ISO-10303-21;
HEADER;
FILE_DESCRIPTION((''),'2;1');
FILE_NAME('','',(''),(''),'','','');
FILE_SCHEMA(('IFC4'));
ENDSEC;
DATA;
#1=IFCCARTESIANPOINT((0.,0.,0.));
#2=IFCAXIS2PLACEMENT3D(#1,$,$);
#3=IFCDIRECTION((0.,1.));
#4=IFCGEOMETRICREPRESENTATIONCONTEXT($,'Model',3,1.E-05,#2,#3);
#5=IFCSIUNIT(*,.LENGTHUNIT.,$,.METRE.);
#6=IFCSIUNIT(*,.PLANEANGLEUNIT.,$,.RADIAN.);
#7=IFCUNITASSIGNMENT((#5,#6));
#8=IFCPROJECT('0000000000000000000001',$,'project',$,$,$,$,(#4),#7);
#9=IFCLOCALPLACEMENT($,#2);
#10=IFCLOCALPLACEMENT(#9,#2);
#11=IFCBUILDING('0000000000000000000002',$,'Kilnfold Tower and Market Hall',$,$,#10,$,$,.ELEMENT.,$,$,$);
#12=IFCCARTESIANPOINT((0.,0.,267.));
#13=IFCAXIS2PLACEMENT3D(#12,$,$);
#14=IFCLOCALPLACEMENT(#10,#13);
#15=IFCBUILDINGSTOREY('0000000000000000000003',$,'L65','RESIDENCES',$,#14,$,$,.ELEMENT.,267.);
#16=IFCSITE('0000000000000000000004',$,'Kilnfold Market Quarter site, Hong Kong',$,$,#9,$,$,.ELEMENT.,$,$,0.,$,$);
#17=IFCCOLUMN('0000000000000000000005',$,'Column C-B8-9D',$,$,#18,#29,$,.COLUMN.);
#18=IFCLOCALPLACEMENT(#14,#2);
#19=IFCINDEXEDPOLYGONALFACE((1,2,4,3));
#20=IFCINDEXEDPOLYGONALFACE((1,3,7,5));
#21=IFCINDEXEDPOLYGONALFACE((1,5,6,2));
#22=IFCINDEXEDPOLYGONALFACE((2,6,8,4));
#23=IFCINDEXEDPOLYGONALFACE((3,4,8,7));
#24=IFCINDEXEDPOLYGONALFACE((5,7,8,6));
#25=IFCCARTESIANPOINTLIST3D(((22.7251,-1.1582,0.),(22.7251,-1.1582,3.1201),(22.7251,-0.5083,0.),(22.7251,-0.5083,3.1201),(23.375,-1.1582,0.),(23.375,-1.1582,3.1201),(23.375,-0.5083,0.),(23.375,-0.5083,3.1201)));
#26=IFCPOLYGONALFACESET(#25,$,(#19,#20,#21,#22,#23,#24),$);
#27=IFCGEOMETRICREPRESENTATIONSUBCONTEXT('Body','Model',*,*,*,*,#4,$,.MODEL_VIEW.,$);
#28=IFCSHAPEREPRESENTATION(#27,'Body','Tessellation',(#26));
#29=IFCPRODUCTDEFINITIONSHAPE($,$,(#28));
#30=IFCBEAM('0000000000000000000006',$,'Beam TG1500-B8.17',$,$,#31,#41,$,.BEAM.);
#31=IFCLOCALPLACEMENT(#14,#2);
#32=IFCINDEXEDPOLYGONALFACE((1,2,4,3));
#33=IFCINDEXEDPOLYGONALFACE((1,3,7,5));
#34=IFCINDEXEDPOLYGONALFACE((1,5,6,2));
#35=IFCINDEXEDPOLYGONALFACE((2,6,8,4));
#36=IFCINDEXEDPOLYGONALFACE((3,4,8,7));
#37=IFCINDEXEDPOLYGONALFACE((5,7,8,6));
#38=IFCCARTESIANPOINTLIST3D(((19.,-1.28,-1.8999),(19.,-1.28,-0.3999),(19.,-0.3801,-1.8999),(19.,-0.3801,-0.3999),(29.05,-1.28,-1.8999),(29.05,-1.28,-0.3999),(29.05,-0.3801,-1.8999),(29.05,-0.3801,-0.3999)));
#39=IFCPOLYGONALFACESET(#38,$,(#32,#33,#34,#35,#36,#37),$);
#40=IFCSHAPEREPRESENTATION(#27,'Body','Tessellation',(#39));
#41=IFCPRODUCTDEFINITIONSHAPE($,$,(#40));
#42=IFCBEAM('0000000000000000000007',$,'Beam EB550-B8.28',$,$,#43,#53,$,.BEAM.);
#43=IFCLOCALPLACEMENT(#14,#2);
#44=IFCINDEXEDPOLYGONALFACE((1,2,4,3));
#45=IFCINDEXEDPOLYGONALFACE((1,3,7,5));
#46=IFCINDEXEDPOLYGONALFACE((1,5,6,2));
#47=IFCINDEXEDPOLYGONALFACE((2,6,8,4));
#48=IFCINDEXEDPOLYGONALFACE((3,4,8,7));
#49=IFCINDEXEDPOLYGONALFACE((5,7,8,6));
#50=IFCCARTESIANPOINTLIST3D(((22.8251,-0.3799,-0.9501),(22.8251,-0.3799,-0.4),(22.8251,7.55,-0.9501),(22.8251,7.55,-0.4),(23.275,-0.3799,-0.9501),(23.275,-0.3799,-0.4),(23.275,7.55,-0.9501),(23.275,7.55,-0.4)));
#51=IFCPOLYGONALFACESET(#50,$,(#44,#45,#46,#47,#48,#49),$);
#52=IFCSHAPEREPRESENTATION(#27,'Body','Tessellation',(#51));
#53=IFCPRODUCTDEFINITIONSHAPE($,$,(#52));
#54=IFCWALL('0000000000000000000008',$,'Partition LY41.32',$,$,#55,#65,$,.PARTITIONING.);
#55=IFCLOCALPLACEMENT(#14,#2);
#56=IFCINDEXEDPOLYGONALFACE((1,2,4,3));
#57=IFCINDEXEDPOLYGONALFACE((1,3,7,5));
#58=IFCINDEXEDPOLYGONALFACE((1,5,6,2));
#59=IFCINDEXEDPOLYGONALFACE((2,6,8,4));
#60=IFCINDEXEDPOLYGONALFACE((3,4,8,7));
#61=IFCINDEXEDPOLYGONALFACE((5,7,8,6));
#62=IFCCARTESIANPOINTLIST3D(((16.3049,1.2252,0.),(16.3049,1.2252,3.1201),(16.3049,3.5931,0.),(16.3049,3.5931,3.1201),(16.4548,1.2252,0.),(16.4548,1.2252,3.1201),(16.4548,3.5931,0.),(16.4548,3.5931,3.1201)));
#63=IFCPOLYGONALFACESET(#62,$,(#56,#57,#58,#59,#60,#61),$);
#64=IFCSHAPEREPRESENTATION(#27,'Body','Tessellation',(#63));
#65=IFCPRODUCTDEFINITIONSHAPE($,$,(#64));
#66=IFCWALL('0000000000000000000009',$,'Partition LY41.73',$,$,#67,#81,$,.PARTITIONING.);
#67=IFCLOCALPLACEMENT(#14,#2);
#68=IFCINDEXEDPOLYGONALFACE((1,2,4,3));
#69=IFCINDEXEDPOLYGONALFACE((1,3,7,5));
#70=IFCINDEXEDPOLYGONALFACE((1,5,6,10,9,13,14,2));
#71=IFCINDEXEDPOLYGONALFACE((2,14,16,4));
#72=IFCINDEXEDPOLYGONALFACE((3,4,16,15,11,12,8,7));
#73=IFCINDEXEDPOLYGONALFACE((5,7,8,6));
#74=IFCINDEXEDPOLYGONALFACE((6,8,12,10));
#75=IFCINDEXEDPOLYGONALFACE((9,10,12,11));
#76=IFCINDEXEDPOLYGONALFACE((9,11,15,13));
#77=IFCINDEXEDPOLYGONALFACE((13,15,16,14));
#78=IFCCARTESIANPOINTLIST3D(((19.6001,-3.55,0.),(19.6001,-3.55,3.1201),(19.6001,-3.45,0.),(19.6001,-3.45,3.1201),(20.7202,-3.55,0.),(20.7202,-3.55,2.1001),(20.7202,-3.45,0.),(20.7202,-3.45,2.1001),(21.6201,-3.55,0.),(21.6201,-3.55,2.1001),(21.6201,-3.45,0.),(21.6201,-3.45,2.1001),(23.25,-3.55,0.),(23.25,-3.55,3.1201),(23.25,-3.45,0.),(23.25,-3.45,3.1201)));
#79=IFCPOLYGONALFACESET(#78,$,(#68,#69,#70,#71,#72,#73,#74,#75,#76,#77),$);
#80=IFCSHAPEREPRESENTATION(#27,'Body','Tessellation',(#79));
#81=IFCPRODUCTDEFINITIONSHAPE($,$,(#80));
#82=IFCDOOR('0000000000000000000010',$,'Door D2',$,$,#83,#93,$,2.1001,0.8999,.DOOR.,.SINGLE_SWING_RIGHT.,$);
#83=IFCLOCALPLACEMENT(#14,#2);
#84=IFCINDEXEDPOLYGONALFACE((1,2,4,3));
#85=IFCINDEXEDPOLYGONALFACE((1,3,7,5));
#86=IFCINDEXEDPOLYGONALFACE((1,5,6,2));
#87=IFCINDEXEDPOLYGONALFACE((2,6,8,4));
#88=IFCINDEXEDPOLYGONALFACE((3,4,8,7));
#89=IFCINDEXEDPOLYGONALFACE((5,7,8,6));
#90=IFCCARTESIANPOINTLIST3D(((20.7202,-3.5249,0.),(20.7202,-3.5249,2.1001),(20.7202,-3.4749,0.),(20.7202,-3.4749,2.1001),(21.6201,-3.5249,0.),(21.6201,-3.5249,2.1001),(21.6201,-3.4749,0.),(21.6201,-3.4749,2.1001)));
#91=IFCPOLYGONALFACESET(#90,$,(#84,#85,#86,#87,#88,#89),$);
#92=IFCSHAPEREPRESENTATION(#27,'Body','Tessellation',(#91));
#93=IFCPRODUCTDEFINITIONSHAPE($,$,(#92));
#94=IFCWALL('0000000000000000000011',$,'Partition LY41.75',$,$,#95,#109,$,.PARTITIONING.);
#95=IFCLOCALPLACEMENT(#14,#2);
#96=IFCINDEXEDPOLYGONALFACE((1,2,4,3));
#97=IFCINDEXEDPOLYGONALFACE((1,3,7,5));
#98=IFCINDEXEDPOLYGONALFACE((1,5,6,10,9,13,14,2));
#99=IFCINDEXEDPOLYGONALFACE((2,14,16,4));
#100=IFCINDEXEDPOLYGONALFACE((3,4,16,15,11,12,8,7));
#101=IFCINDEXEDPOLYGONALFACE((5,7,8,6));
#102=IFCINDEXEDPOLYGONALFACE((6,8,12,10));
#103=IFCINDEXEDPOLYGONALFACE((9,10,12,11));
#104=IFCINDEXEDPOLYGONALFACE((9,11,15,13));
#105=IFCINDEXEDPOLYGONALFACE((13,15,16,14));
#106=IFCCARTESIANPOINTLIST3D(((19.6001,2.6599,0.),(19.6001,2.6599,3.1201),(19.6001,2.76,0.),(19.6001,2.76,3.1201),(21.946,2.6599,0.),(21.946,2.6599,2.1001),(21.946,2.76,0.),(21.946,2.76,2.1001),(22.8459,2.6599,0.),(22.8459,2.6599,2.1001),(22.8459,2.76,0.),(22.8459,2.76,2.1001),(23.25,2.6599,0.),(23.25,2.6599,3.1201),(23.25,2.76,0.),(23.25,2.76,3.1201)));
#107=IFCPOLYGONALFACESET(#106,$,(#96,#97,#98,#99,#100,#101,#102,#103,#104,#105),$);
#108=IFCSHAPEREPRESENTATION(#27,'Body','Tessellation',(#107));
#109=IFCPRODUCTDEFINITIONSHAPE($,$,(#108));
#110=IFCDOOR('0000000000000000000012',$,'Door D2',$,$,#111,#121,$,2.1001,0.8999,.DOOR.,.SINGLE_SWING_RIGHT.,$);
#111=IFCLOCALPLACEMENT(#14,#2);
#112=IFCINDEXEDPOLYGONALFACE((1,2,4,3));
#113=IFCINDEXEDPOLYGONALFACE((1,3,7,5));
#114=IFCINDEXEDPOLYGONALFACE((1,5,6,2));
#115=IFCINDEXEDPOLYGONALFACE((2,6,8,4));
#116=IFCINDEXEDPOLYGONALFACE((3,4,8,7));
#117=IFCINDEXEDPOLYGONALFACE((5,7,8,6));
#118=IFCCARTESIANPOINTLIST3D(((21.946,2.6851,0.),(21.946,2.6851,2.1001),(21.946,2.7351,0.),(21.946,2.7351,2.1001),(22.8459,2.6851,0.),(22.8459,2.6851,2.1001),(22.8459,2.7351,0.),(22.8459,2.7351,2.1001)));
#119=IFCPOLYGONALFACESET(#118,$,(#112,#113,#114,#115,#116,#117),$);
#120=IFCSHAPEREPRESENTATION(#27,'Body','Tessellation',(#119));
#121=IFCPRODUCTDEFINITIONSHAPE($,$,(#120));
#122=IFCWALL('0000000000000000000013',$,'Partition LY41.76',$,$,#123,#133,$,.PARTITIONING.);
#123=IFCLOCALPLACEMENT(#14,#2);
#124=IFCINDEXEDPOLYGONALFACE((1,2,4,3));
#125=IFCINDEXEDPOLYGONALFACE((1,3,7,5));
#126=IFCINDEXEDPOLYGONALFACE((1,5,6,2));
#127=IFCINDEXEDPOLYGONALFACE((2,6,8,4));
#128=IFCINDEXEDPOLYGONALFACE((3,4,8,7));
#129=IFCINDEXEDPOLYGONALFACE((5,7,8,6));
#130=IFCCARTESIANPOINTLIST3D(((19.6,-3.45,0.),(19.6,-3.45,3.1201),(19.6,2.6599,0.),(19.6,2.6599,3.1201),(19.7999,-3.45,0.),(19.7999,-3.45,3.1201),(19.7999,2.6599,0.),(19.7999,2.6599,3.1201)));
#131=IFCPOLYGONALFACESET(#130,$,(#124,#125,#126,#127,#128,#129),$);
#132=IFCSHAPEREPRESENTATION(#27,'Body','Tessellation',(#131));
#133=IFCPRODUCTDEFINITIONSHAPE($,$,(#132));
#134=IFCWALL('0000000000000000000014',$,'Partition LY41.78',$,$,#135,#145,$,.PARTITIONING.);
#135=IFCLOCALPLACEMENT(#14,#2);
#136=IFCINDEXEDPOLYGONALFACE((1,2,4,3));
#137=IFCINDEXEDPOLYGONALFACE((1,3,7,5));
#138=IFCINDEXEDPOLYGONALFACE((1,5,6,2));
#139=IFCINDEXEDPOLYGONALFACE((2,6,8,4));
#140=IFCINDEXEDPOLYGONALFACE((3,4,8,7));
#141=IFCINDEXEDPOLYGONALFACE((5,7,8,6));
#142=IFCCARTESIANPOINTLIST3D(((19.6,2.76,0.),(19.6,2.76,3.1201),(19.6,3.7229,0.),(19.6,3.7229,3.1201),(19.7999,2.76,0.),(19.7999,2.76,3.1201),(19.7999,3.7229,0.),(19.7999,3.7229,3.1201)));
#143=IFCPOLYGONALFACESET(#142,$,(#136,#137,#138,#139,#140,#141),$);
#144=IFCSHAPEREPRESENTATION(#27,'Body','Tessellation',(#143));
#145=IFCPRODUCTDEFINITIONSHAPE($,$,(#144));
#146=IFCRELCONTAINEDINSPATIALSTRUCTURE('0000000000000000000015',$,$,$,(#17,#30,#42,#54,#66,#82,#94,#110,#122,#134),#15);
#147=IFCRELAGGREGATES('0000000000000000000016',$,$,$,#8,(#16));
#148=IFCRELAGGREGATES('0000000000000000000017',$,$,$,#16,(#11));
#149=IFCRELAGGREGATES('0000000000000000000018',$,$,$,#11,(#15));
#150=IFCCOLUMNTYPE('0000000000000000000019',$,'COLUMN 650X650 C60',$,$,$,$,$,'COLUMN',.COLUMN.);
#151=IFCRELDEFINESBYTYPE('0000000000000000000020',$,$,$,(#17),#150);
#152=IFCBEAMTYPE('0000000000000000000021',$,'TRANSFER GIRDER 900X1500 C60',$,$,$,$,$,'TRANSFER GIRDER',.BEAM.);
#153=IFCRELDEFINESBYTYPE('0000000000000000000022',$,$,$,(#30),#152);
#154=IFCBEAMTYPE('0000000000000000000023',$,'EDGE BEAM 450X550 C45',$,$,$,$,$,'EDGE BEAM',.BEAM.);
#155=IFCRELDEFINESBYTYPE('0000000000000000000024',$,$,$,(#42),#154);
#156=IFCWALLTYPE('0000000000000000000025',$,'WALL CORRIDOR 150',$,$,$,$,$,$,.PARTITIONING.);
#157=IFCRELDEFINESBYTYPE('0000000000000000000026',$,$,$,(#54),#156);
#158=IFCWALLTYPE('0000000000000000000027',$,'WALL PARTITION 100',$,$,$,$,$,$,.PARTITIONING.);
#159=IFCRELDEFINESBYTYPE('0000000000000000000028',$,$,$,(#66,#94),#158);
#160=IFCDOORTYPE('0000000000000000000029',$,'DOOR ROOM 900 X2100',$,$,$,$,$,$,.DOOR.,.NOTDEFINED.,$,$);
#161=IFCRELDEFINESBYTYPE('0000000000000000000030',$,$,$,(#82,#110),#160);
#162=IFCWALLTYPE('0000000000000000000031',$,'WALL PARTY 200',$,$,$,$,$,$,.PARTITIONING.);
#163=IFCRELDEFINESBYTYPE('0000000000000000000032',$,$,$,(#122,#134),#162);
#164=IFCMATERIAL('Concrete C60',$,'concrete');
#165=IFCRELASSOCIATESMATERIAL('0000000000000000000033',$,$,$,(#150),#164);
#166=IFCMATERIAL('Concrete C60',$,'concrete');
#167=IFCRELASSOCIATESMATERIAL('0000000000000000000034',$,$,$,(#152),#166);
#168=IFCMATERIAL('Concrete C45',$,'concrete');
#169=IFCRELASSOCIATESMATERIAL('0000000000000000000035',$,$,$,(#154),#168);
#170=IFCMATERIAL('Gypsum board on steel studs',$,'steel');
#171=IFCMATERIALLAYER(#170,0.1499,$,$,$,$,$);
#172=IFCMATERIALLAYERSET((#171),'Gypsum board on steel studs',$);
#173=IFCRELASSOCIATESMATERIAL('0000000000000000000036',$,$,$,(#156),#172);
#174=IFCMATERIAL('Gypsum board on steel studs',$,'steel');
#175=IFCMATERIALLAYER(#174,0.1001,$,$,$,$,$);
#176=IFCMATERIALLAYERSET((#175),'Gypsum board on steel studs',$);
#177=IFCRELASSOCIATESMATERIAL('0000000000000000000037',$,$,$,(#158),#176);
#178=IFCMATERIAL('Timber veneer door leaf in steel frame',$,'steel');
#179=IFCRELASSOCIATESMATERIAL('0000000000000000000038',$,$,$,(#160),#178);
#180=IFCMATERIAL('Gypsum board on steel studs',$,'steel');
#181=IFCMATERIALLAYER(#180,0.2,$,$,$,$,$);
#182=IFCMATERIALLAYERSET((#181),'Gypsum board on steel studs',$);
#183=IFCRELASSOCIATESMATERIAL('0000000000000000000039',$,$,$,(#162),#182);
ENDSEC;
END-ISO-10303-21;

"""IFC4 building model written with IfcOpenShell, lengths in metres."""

from ifc_helpers import new_model, si_unit, direction, frame, frame_2d, origin, origin_2d, place, context, subcontext, project, spatial, rectangle, extrude, source, transform, mapped, material, layer, layer_set, material_profile, profile_set, type_object, element, fill, save


model = new_model("IFC4")

# Units and contexts
model_context = context("Model", 3, precision=1e-05, world=origin(), true_north=direction((0.0, 1.0)))
body_context = subcontext(model_context, "Body", "Model", "MODEL_VIEW")
ifc_project = project(units=[si_unit("LENGTHUNIT", "METRE"), si_unit("PLANEANGLEUNIT", "RADIAN")], contexts=[model_context])

# Site, building, storey
site_placement = place(None, origin())
site = spatial("IfcSite", under=ifc_project, at=site_placement, Name="Kilnfold Market Quarter site, Hong Kong", CompositionType="ELEMENT", RefElevation=0.0)
building_placement = place(site_placement, origin())
building = spatial("IfcBuilding", under=site, at=building_placement, Name="Kilnfold Tower and Market Hall", CompositionType="ELEMENT")
storey_placement = place(building_placement, frame((0.0, 0.0, 267.0)))
storey = spatial("IfcBuildingStorey", under=building, at=storey_placement, Name="L65", Description="RESIDENCES", CompositionType="ELEMENT", Elevation=267.0)

# Column
ifc_material_1 = material(Name="Concrete C60", Category="concrete")
ifc_material_profile_1 = material_profile(ifc_material_1, rectangle(XDim=0.6499, YDim=0.6499, at=origin_2d()), Name="RC 650x650")
ifc_profile_set_1 = profile_set([ifc_material_profile_1], Name="Concrete C60")
column_type = type_object("IfcColumnType", Name="COLUMN 650X650 C60", ElementType="COLUMN", PredefinedType="COLUMN", material=ifc_profile_set_1)
shared_shape_1 = source(origin(), body_context, "Body", "SweptSolid", [
    extrude(rectangle(XDim=0.6499, YDim=0.6499, at=origin_2d()), origin(), (0.0, 0.0, 1.0), 3.1201),
])
column_placement = place(storey_placement, frame((23.05, -0.8333, 0.0), z_axis=(0.0, 0.0, 1.0), x_axis=(1.0, 0.0, 0.0)))
element("IfcColumn", 1, at=column_placement, inside=storey, type_object=column_type, Name="Column C-B8-9D", PredefinedType="COLUMN", context=body_context, shape_type="MappedRepresentation", body=[
    mapped(shared_shape_1, transform((0.0, 0.0, 0.0))),
])

# Beams
ifc_material_2 = material(Name="Concrete C60", Category="concrete")
ifc_material_profile_2 = material_profile(ifc_material_2, rectangle(XDim=0.8999, YDim=1.5, at=origin_2d()), Name="RC 900x1500")
ifc_profile_set_2 = profile_set([ifc_material_profile_2], Name="Concrete C60")
beam_type_1 = type_object("IfcBeamType", Name="TRANSFER GIRDER 900X1500 C60", ElementType="TRANSFER GIRDER", PredefinedType="BEAM", material=ifc_profile_set_2)
shared_shape_2 = source(origin(), body_context, "Body", "SweptSolid", [
    extrude(rectangle(XDim=0.8999, YDim=1.5, at=origin_2d()), origin(), (0.0, 0.0, 1.0), 10.05),
])
beam_1_placement = place(storey_placement, frame((19.0, -0.8301, -1.1499), z_axis=(1.0, 0.0, 0.0), x_axis=(0.0, 1.0, 0.0)))
element("IfcBeam", 2, at=beam_1_placement, inside=storey, type_object=beam_type_1, Name="Beam TG1500-B8.17", PredefinedType="BEAM", context=body_context, shape_type="MappedRepresentation", body=[
    mapped(shared_shape_2, transform((0.0, 0.0, 0.0))),
])
ifc_material_3 = material(Name="Concrete C45", Category="concrete")
ifc_material_profile_3 = material_profile(ifc_material_3, rectangle(XDim=0.45, YDim=0.55, at=origin_2d()), Name="RC 450x550")
ifc_profile_set_3 = profile_set([ifc_material_profile_3], Name="Concrete C45")
beam_type_2 = type_object("IfcBeamType", Name="EDGE BEAM 450X550 C45", ElementType="EDGE BEAM", PredefinedType="BEAM", material=ifc_profile_set_3)
shared_shape_3 = source(origin(), body_context, "Body", "SweptSolid", [
    extrude(rectangle(XDim=0.45, YDim=0.55, at=origin_2d()), origin(), (0.0, 0.0, 1.0), 7.9299),
])
beam_2_placement = place(storey_placement, frame((23.05, -0.3799, -0.675), z_axis=(0.0, 1.0, 0.0), x_axis=(-1.0, 0.0, 0.0)))
element("IfcBeam", 3, at=beam_2_placement, inside=storey, type_object=beam_type_2, Name="Beam EB550-B8.28", PredefinedType="BEAM", context=body_context, shape_type="MappedRepresentation", body=[
    mapped(shared_shape_3, transform((0.0, 0.0, 0.0))),
])

# Wall
ifc_material_4 = material(Name="Gypsum board on steel studs", Category="steel")
ifc_layer_1 = layer(ifc_material_4, 0.1499)
ifc_layer_set_1 = layer_set([ifc_layer_1], Name="Gypsum board on steel studs")
wall_type_1 = type_object("IfcWallType", Name="WALL CORRIDOR 150", PredefinedType="PARTITIONING", material=ifc_layer_set_1)
wall_1_placement = place(storey_placement, frame((16.3799, 1.2251, 0.0), z_axis=(0.0, 0.0, 1.0), x_axis=(0.0, 1.0, 0.0)))
element("IfcWall", 4, at=wall_1_placement, inside=storey, type_object=wall_type_1, Name="Partition LY41.32", PredefinedType="PARTITIONING", context=body_context, shape_type="SweptSolid", body=[
    extrude(rectangle(XDim=2.3679, YDim=0.1499, at=frame_2d((1.1841, 0.0))), origin(), (0.0, 0.0, 1.0), 3.1201),
])

# Walls, openings, doors
ifc_material_5 = material(Name="Gypsum board on steel studs", Category="steel")
ifc_layer_2 = layer(ifc_material_5, 0.1001)
ifc_layer_set_2 = layer_set([ifc_layer_2], Name="Gypsum board on steel studs")
wall_type_2 = type_object("IfcWallType", Name="WALL PARTITION 100", PredefinedType="PARTITIONING", material=ifc_layer_set_2)
wall_2_placement = place(storey_placement, frame((23.25, -3.5, 0.0), z_axis=(0.0, 0.0, 1.0), x_axis=(-1.0, 0.0, 0.0)))
wall_2 = element("IfcWall", 5, at=wall_2_placement, inside=storey, type_object=wall_type_2, Name="Partition LY41.73", PredefinedType="PARTITIONING", context=body_context, shape_type="SweptSolid", body=[
    extrude(rectangle(XDim=3.6499, YDim=0.1001, at=frame_2d((1.825, 0.0))), origin(), (0.0, 0.0, 1.0), 3.1201),
])
opening_1_placement = place(wall_2_placement, frame((1.6299, 0.0, 0.0)))
opening_1 = element("IfcOpeningElement", 6, at=opening_1_placement, cuts=wall_2, PredefinedType="OPENING", context=body_context, shape_type="SweptSolid", body=[
    extrude(rectangle(XDim=0.8999, YDim=2.1001, at=frame_2d((0.45, 1.05))), frame((0.0, 0.0601, 0.0), z_axis=(0.0, -1.0, 0.0), x_axis=(1.0, 0.0, 0.0)), (0.0, 0.0, 1.0), 0.1201),
])
ifc_material_6 = material(Name="Timber veneer door leaf in steel frame", Category="steel")
door_type_1 = type_object("IfcDoorType", Name="DOOR ROOM 900 X2100", OperationType="NOTDEFINED", PredefinedType="DOOR", material=ifc_material_6)
door_1_placement = place(opening_1_placement, origin())
door_1 = element("IfcDoor", 7, at=door_1_placement, inside=storey, type_object=door_type_1, Name="Door D2", OperationType="SINGLE_SWING_RIGHT", OverallHeight=2.1001, OverallWidth=0.8999, PredefinedType="DOOR", context=body_context, shape_type="SweptSolid", body=[
    extrude(rectangle(XDim=0.8999, YDim=2.1001, at=frame_2d((0.45, 1.05))), frame((0.0, 0.0249, 0.0), z_axis=(0.0, -1.0, 0.0), x_axis=(1.0, 0.0, 0.0)), (0.0, 0.0, 1.0), 0.05),
])
fill(opening_1, door_1)
wall_3_placement = place(storey_placement, frame((23.25, 2.71, 0.0), z_axis=(0.0, 0.0, 1.0), x_axis=(-1.0, 0.0, 0.0)))
wall_3 = element("IfcWall", 8, at=wall_3_placement, inside=storey, type_object=wall_type_2, Name="Partition LY41.75", PredefinedType="PARTITIONING", context=body_context, shape_type="SweptSolid", body=[
    extrude(rectangle(XDim=3.6499, YDim=0.1001, at=frame_2d((1.825, 0.0))), origin(), (0.0, 0.0, 1.0), 3.1201),
])
opening_2_placement = place(wall_3_placement, frame((0.4041, 0.0, 0.0)))
opening_2 = element("IfcOpeningElement", 9, at=opening_2_placement, cuts=wall_3, PredefinedType="OPENING", context=body_context, shape_type="SweptSolid", body=[
    extrude(rectangle(XDim=0.8999, YDim=2.1001, at=frame_2d((0.45, 1.05))), frame((0.0, 0.0601, 0.0), z_axis=(0.0, -1.0, 0.0), x_axis=(1.0, 0.0, 0.0)), (0.0, 0.0, 1.0), 0.1201),
])
door_2_placement = place(opening_2_placement, origin())
door_2 = element("IfcDoor", 10, at=door_2_placement, inside=storey, type_object=door_type_1, Name="Door D2", OperationType="SINGLE_SWING_RIGHT", OverallHeight=2.1001, OverallWidth=0.8999, PredefinedType="DOOR", context=body_context, shape_type="SweptSolid", body=[
    extrude(rectangle(XDim=0.8999, YDim=2.1001, at=frame_2d((0.45, 1.05))), frame((0.0, 0.0249, 0.0), z_axis=(0.0, -1.0, 0.0), x_axis=(1.0, 0.0, 0.0)), (0.0, 0.0, 1.0), 0.05),
])
fill(opening_2, door_2)

# Walls
ifc_material_7 = material(Name="Gypsum board on steel studs", Category="steel")
ifc_layer_3 = layer(ifc_material_7, 0.2)
ifc_layer_set_3 = layer_set([ifc_layer_3], Name="Gypsum board on steel studs")
wall_type_3 = type_object("IfcWallType", Name="WALL PARTY 200", PredefinedType="PARTITIONING", material=ifc_layer_set_3)
wall_4_placement = place(storey_placement, frame((19.7, -3.45, 0.0), z_axis=(0.0, 0.0, 1.0), x_axis=(0.0, 1.0, 0.0)))
element("IfcWall", 11, at=wall_4_placement, inside=storey, type_object=wall_type_3, Name="Partition LY41.76", PredefinedType="PARTITIONING", context=body_context, shape_type="SweptSolid", body=[
    extrude(rectangle(XDim=6.1099, YDim=0.2, at=frame_2d((3.0549, 0.0))), origin(), (0.0, 0.0, 1.0), 3.1201),
])
wall_5_placement = place(storey_placement, frame((19.7, 2.76, 0.0), z_axis=(0.0, 0.0, 1.0), x_axis=(0.0, 1.0, 0.0)))
element("IfcWall", 12, at=wall_5_placement, inside=storey, type_object=wall_type_3, Name="Partition LY41.78", PredefinedType="PARTITIONING", context=body_context, shape_type="SweptSolid", body=[
    extrude(rectangle(XDim=0.9629, YDim=0.2, at=frame_2d((0.4814, 0.0))), origin(), (0.0, 0.0, 1.0), 3.1201),
])

save(model, "model.ifc")
